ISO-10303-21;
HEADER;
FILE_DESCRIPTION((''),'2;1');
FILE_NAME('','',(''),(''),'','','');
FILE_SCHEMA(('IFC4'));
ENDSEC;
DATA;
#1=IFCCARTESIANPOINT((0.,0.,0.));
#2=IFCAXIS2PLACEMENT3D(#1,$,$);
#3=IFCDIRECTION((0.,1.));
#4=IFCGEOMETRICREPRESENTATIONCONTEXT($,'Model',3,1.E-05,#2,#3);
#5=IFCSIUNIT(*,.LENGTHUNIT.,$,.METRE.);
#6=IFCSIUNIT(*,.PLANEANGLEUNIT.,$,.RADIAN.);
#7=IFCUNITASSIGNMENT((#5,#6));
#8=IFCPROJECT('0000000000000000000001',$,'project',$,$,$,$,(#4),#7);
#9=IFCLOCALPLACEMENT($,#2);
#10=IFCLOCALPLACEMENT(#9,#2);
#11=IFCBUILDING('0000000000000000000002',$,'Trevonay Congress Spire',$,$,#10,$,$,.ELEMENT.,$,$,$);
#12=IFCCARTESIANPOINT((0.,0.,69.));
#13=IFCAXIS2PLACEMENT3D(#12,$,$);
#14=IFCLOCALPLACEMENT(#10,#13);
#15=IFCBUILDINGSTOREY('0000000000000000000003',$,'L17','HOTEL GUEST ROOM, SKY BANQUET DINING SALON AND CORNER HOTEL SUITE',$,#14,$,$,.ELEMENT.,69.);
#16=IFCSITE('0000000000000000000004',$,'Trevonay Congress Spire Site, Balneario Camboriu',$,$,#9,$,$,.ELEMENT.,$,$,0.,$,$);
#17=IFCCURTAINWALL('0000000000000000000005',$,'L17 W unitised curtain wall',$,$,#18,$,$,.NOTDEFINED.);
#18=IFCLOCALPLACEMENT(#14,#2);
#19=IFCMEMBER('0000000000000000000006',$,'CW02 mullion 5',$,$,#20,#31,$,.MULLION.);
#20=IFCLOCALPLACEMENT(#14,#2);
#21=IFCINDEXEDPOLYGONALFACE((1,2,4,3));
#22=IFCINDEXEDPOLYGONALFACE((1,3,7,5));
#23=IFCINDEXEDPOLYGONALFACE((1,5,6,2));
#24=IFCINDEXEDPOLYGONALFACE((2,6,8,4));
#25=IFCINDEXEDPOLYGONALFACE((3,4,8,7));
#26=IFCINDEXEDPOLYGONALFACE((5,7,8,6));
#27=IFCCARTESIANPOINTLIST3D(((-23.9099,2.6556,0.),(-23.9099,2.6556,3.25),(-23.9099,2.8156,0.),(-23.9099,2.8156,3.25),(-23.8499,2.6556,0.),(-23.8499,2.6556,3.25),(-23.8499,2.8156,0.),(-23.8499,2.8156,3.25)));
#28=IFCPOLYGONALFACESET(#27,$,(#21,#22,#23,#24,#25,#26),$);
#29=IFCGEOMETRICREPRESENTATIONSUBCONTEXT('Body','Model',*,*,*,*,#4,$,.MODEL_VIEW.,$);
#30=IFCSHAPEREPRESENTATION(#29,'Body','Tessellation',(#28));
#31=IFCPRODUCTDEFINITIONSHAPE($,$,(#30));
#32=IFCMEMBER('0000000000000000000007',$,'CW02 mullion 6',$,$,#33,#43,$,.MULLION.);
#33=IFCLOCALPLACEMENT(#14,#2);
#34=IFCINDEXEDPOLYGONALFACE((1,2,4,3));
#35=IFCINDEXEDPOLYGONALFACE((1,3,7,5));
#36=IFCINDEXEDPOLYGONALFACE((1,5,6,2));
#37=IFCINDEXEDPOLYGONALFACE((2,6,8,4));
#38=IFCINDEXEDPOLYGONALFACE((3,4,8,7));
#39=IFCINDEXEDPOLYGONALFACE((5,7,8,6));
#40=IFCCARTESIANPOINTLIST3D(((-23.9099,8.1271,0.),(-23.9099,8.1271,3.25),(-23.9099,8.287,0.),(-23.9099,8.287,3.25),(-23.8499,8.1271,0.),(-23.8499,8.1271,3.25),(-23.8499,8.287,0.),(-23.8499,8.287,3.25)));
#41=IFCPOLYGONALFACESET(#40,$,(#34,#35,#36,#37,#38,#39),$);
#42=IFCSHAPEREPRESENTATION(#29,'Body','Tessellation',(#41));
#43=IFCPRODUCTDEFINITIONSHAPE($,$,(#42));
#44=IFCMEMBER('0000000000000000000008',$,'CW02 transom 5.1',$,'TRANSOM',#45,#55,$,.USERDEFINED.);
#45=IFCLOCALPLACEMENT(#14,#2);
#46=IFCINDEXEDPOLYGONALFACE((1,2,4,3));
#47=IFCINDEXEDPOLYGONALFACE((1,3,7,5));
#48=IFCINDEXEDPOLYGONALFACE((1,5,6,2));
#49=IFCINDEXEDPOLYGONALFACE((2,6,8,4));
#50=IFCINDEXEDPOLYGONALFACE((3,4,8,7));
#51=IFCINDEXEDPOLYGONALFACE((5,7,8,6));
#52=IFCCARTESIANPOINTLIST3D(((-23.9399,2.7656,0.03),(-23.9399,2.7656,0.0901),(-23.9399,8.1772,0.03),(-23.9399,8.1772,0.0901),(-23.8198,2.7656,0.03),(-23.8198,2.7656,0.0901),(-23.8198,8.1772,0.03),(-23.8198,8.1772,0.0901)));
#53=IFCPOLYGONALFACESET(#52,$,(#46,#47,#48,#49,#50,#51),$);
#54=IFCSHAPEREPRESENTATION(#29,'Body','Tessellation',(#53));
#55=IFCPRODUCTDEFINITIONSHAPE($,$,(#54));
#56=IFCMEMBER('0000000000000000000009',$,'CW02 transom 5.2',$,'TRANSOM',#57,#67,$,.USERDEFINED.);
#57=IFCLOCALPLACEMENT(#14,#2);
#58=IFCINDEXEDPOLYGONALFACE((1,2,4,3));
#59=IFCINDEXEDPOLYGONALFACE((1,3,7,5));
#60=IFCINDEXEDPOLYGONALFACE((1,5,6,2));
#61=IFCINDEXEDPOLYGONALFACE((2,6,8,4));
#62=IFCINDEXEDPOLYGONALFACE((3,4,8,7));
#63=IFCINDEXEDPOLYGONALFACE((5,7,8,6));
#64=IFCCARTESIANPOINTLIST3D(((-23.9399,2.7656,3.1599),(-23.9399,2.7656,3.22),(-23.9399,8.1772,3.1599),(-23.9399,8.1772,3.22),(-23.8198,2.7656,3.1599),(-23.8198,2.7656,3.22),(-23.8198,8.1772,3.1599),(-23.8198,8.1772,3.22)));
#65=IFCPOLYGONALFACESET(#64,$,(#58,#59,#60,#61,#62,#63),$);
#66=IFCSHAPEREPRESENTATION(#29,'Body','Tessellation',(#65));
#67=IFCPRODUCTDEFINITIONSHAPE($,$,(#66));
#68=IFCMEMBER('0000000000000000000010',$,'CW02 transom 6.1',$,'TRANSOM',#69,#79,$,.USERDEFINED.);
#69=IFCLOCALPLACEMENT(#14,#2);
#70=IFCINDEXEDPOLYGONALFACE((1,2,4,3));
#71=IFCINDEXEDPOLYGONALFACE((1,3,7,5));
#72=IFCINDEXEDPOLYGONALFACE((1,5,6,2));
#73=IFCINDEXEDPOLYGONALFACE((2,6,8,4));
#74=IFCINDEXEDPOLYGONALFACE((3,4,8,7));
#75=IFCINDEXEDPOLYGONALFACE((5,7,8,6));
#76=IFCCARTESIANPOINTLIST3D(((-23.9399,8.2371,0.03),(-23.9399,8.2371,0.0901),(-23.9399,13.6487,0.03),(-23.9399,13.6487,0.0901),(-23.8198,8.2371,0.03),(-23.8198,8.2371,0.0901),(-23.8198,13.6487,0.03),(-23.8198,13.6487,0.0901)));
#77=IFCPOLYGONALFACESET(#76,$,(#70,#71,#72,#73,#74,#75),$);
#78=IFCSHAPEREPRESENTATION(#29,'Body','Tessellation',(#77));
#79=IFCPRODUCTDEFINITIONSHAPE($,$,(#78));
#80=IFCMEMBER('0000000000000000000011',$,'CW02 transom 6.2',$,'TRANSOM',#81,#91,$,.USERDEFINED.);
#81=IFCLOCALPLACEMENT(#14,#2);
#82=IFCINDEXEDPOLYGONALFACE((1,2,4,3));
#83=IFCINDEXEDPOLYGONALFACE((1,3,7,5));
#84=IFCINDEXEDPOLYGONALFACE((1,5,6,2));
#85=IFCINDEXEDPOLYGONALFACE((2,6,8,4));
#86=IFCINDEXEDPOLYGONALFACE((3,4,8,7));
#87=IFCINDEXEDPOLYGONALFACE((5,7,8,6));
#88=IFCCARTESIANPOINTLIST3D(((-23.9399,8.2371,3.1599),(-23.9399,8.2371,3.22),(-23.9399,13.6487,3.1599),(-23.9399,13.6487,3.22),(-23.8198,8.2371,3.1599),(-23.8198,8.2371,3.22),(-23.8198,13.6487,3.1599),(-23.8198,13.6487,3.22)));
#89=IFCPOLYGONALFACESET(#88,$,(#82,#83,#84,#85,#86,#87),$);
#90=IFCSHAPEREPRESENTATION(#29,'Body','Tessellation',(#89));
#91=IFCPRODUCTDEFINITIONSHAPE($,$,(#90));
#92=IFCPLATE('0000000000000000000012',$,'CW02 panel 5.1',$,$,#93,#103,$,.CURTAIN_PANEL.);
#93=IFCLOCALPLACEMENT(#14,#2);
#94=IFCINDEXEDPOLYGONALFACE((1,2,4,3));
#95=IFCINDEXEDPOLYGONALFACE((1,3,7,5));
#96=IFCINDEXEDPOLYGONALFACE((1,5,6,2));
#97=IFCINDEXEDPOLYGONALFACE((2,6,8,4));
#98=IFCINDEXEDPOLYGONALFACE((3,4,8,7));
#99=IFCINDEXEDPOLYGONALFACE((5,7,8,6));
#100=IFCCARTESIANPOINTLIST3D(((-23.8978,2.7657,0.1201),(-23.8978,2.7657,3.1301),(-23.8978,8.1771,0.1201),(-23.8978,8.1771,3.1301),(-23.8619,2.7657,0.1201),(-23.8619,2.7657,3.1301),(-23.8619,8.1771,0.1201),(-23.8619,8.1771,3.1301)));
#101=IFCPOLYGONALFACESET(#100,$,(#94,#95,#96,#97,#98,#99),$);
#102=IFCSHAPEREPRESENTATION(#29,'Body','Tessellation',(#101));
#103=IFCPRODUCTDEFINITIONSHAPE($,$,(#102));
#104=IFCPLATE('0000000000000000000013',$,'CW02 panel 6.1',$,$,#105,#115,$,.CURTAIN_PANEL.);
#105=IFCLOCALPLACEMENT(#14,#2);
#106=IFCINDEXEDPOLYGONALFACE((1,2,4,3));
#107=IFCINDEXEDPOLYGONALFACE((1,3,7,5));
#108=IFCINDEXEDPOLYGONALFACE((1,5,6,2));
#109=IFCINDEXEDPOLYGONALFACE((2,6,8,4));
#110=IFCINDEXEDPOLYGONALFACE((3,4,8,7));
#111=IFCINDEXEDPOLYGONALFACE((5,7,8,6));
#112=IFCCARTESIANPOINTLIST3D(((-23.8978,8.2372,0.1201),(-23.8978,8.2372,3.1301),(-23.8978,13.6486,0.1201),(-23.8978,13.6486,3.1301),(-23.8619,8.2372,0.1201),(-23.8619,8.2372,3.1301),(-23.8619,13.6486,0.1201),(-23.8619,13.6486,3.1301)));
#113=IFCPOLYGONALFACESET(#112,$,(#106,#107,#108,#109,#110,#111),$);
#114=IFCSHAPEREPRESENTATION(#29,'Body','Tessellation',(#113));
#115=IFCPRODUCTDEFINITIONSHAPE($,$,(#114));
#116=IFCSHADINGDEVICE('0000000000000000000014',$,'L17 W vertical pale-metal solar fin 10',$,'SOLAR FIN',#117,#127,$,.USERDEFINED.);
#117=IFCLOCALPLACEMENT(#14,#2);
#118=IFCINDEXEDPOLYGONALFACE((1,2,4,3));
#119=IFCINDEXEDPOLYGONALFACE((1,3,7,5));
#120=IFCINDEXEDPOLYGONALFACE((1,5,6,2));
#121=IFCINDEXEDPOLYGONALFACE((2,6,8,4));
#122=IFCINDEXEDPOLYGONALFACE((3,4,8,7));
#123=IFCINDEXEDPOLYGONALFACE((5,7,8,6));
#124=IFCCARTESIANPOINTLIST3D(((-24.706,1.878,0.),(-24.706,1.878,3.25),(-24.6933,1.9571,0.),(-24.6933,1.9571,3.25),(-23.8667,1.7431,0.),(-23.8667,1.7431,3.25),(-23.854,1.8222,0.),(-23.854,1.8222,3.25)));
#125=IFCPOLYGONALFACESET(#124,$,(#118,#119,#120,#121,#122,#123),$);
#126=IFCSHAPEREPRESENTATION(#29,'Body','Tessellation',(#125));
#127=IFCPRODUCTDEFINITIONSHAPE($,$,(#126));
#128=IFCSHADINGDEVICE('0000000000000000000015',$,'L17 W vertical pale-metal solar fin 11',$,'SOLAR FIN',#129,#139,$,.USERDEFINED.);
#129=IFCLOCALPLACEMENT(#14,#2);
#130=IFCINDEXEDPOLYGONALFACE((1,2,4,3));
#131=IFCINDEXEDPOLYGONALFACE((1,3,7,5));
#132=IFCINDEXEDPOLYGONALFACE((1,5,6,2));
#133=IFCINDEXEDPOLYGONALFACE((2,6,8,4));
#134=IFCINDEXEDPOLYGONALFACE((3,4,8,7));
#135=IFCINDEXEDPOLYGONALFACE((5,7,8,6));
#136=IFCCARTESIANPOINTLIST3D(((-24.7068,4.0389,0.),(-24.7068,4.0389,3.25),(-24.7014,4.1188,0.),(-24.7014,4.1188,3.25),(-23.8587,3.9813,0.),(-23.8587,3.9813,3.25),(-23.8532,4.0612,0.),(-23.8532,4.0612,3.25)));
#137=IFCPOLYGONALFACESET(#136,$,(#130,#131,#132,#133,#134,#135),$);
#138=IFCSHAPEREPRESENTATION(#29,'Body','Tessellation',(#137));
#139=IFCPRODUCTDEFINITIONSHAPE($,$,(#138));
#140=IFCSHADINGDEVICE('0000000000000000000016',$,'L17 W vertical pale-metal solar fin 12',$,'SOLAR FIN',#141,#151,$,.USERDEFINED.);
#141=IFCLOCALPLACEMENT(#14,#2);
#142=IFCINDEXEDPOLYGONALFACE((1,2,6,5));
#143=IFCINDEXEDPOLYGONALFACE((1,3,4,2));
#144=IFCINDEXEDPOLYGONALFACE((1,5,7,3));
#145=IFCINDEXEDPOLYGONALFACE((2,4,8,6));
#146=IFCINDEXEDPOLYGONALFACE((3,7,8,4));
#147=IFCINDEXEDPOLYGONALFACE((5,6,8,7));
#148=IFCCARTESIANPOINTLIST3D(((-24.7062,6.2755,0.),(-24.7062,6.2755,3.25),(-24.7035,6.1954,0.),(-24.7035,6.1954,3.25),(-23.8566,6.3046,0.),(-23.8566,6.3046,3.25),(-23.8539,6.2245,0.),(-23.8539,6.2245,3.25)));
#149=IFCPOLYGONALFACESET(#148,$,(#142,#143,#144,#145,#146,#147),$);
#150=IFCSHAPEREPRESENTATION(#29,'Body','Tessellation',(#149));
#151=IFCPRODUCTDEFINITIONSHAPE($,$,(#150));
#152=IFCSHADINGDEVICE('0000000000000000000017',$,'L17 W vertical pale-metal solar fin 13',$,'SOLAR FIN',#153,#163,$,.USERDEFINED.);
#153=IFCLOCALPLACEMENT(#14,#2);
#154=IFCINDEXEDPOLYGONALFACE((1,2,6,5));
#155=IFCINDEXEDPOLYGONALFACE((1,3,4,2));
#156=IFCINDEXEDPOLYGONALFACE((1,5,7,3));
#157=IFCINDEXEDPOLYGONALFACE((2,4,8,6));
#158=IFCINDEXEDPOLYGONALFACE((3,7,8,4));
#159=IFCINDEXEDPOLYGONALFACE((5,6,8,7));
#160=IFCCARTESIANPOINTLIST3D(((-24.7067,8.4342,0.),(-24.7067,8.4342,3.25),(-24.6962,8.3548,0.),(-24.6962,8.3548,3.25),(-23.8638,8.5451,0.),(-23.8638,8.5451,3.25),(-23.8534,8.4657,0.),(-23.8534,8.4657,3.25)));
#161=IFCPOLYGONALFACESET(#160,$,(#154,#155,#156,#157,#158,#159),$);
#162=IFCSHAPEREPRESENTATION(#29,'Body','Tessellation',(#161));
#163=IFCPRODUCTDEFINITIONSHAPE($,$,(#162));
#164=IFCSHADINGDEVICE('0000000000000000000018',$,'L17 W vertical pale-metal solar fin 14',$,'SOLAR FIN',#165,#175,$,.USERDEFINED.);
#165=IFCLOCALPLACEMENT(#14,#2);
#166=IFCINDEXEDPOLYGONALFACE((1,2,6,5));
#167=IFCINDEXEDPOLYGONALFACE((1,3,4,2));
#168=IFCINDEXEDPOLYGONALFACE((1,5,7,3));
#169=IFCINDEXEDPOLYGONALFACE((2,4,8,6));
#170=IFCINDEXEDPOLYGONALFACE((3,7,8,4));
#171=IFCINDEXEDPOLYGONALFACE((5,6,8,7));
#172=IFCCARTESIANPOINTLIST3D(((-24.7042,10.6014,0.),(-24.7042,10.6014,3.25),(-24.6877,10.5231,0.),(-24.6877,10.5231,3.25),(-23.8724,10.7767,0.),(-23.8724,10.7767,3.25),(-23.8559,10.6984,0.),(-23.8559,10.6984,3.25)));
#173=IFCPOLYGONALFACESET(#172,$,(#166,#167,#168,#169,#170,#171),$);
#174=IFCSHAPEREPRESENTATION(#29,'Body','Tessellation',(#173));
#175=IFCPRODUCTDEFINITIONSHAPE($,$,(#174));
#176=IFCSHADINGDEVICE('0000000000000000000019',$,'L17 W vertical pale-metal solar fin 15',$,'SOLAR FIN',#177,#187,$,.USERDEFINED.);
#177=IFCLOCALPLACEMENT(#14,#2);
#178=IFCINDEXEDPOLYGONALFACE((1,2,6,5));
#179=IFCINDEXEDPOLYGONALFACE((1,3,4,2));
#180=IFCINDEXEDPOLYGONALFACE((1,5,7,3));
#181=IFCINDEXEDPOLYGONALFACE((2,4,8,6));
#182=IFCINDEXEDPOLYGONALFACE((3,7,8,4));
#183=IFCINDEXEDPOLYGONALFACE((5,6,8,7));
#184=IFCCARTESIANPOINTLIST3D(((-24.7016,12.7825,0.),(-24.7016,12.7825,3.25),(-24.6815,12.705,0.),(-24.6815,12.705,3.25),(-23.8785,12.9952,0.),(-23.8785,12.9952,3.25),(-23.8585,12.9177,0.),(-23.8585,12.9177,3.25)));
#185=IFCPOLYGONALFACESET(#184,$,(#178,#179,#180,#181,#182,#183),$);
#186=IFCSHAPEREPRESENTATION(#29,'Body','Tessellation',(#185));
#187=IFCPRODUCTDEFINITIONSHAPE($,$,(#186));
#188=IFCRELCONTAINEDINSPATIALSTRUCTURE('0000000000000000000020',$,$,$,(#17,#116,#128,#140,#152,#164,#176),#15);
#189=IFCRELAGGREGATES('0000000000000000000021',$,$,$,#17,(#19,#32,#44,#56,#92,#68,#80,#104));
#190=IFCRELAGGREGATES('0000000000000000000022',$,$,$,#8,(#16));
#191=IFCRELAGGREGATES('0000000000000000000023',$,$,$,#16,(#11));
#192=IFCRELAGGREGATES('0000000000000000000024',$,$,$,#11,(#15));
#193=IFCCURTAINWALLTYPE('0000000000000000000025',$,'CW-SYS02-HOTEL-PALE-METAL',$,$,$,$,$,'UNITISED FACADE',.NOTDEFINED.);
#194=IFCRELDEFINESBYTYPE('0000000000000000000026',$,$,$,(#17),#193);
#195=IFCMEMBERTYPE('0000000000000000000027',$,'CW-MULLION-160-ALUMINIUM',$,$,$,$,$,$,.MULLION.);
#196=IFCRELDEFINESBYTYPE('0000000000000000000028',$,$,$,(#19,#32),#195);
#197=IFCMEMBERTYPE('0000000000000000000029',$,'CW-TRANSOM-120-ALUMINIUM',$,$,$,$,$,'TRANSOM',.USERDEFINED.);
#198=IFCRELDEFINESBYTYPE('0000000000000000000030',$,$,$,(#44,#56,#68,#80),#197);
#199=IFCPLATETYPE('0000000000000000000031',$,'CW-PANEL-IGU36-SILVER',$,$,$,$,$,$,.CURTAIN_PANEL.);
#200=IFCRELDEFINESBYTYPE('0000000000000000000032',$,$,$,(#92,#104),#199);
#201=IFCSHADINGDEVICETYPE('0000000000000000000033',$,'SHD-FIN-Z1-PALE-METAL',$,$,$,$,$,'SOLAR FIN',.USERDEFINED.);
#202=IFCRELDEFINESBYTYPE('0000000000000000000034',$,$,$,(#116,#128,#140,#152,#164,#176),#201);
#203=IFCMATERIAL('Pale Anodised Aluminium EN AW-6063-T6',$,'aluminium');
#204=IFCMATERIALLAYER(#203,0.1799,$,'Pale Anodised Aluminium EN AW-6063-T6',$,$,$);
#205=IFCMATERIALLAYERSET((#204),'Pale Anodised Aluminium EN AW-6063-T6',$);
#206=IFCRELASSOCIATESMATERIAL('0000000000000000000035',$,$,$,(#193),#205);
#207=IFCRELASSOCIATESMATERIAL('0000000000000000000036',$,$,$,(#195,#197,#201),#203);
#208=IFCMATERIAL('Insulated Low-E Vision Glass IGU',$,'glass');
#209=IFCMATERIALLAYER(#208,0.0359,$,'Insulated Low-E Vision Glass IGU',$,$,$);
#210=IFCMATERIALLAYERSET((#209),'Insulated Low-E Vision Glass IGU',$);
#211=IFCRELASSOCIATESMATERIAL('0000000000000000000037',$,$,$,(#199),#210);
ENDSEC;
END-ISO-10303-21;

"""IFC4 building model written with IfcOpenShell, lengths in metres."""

from ifc_helpers import new_model, si_unit, direction, frame, origin, origin_2d, place, context, subcontext, project, spatial, rectangle, extrude, material, layer, layer_set, material_profile, profile_set, type_object, element, aggregate, save


model = new_model("IFC4")

# Units and contexts
model_context = context("Model", 3, precision=1e-05, world=origin(), true_north=direction((0.0, 1.0)))
body_context = subcontext(model_context, "Body", "Model", "MODEL_VIEW")
ifc_project = project(units=[si_unit("LENGTHUNIT", "METRE"), si_unit("PLANEANGLEUNIT", "RADIAN")], contexts=[model_context])

# Site, building, storey
site_placement = place(None, origin())
site = spatial("IfcSite", under=ifc_project, at=site_placement, Name="Trevonay Congress Spire Site, Balneario Camboriu", CompositionType="ELEMENT", RefElevation=0.0)
building_placement = place(site_placement, origin())
building = spatial("IfcBuilding", under=site, at=building_placement, Name="Trevonay Congress Spire", CompositionType="ELEMENT")
storey_placement = place(building_placement, frame((0.0, 0.0, 69.0)))
storey = spatial("IfcBuildingStorey", under=building, at=storey_placement, Name="L17", Description="HOTEL GUEST ROOM, SKY BANQUET DINING SALON AND CORNER HOTEL SUITE", CompositionType="ELEMENT", Elevation=69.0)

# Curtain wall, members, plates
ifc_material_1 = material(Name="Pale Anodised Aluminium EN AW-6063-T6", Category="aluminium")
ifc_layer_1 = layer(ifc_material_1, 0.1799, Name="Pale Anodised Aluminium EN AW-6063-T6")
ifc_layer_set_1 = layer_set([ifc_layer_1], Name="Pale Anodised Aluminium EN AW-6063-T6")
curtain_wall_type = type_object("IfcCurtainWallType", Name="CW-SYS02-HOTEL-PALE-METAL", ElementType="UNITISED FACADE", PredefinedType="NOTDEFINED", material=ifc_layer_set_1)
curtain_wall_placement = place(storey_placement, origin())
curtain_wall = element("IfcCurtainWall", 1, at=curtain_wall_placement, inside=storey, type_object=curtain_wall_type, Name="L17 W unitised curtain wall", PredefinedType="NOTDEFINED")
ifc_material_profile_1 = material_profile(ifc_material_1, rectangle(XDim=0.0601, YDim=0.1599, at=origin_2d()), Name="CW-MULLION-160-ALUMINIUM")
ifc_profile_set_1 = profile_set([ifc_material_profile_1], Name="Pale Anodised Aluminium EN AW-6063-T6")
member_type_1 = type_object("IfcMemberType", Name="CW-MULLION-160-ALUMINIUM", PredefinedType="MULLION", material=ifc_profile_set_1)
member_1_placement = place(storey_placement, frame((-23.8799, 2.7356, 0.0), z_axis=(0.0, 0.0, 1.0), x_axis=(-1.0, 0.0, 0.0)))
member_1 = element("IfcMember", 2, at=member_1_placement, type_object=member_type_1, Name="CW02 mullion 5", PredefinedType="MULLION", context=body_context, shape_type="SweptSolid", body=[
    extrude(rectangle(XDim=0.0601, YDim=0.1599, at=origin_2d()), origin(), (0.0, 0.0, 1.0), 3.25),
])
member_2_placement = place(storey_placement, frame((-23.8799, 8.207, 0.0), z_axis=(0.0, 0.0, 1.0), x_axis=(-1.0, 0.0, 0.0)))
member_2 = element("IfcMember", 3, at=member_2_placement, type_object=member_type_1, Name="CW02 mullion 6", PredefinedType="MULLION", context=body_context, shape_type="SweptSolid", body=[
    extrude(rectangle(XDim=0.0601, YDim=0.1599, at=origin_2d()), origin(), (0.0, 0.0, 1.0), 3.25),
])
ifc_material_profile_2 = material_profile(ifc_material_1, rectangle(XDim=0.1201, YDim=0.0601, at=origin_2d()), Name="CW-TRANSOM-120-ALUMINIUM")
ifc_profile_set_2 = profile_set([ifc_material_profile_2], Name="Pale Anodised Aluminium EN AW-6063-T6")
member_type_2 = type_object("IfcMemberType", Name="CW-TRANSOM-120-ALUMINIUM", ElementType="TRANSOM", PredefinedType="USERDEFINED", material=ifc_profile_set_2)
member_3_placement = place(storey_placement, frame((-23.8799, 2.7656, 0.0601), z_axis=(0.0, 1.0, 0.0), x_axis=(-1.0, 0.0, 0.0)))
member_3 = element("IfcMember", 4, at=member_3_placement, type_object=member_type_2, Name="CW02 transom 5.1", ObjectType="TRANSOM", PredefinedType="USERDEFINED", context=body_context, shape_type="SweptSolid", body=[
    extrude(rectangle(XDim=0.1201, YDim=0.0601, at=origin_2d()), origin(), (0.0, 0.0, 1.0), 5.4116),
])
member_4_placement = place(storey_placement, frame((-23.8799, 2.7656, 3.1899), z_axis=(0.0, 1.0, 0.0), x_axis=(-1.0, 0.0, 0.0)))
member_4 = element("IfcMember", 5, at=member_4_placement, type_object=member_type_2, Name="CW02 transom 5.2", ObjectType="TRANSOM", PredefinedType="USERDEFINED", context=body_context, shape_type="SweptSolid", body=[
    extrude(rectangle(XDim=0.1201, YDim=0.0601, at=origin_2d()), origin(), (0.0, 0.0, 1.0), 5.4116),
])
member_5_placement = place(storey_placement, frame((-23.8799, 8.2371, 0.0601), z_axis=(0.0, 1.0, 0.0), x_axis=(-1.0, 0.0, 0.0)))
member_5 = element("IfcMember", 6, at=member_5_placement, type_object=member_type_2, Name="CW02 transom 6.1", ObjectType="TRANSOM", PredefinedType="USERDEFINED", context=body_context, shape_type="SweptSolid", body=[
    extrude(rectangle(XDim=0.1201, YDim=0.0601, at=origin_2d()), origin(), (0.0, 0.0, 1.0), 5.4116),
])
member_6_placement = place(storey_placement, frame((-23.8799, 8.2371, 3.1899), z_axis=(0.0, 1.0, 0.0), x_axis=(-1.0, 0.0, 0.0)))
member_6 = element("IfcMember", 7, at=member_6_placement, type_object=member_type_2, Name="CW02 transom 6.2", ObjectType="TRANSOM", PredefinedType="USERDEFINED", context=body_context, shape_type="SweptSolid", body=[
    extrude(rectangle(XDim=0.1201, YDim=0.0601, at=origin_2d()), origin(), (0.0, 0.0, 1.0), 5.4116),
])
ifc_material_2 = material(Name="Insulated Low-E Vision Glass IGU", Category="glass")
ifc_layer_2 = layer(ifc_material_2, 0.0359, Name="Insulated Low-E Vision Glass IGU")
ifc_layer_set_2 = layer_set([ifc_layer_2], Name="Insulated Low-E Vision Glass IGU")
plate_type = type_object("IfcPlateType", Name="CW-PANEL-IGU36-SILVER", PredefinedType="CURTAIN_PANEL", material=ifc_layer_set_2)
plate_1_placement = place(storey_placement, frame((-23.8799, 5.4714, 0.1201), z_axis=(0.0, 0.0, 1.0), x_axis=(0.0, 1.0, 0.0)))
plate_1 = element("IfcPlate", 8, at=plate_1_placement, type_object=plate_type, Name="CW02 panel 5.1", PredefinedType="CURTAIN_PANEL", context=body_context, shape_type="SweptSolid", body=[
    extrude(rectangle(XDim=5.4114, YDim=0.0359, at=origin_2d()), origin(), (0.0, 0.0, 1.0), 3.01),
])
plate_2_placement = place(storey_placement, frame((-23.8799, 10.9429, 0.1201), z_axis=(0.0, 0.0, 1.0), x_axis=(0.0, 1.0, 0.0)))
plate_2 = element("IfcPlate", 9, at=plate_2_placement, type_object=plate_type, Name="CW02 panel 6.1", PredefinedType="CURTAIN_PANEL", context=body_context, shape_type="SweptSolid", body=[
    extrude(rectangle(XDim=5.4114, YDim=0.0359, at=origin_2d()), origin(), (0.0, 0.0, 1.0), 3.01),
])
aggregate(curtain_wall, [member_1, member_2, member_3, member_4, plate_1, member_5, member_6, plate_2])

# Shading devices
shading_device_type = type_object("IfcShadingDeviceType", Name="SHD-FIN-Z1-PALE-METAL", ElementType="SOLAR FIN", PredefinedType="USERDEFINED", material=ifc_material_1)
for number, where, z_axis, x_axis, name in (
    (10, (-24.28, 1.8501, 0.0), (0.0, 0.0, 1.0), (0.158675, 0.987331, 0.0), "L17 W vertical pale-metal solar fin 10"),
    (11, (-24.28, 4.05, 0.0), (0.0, 0.0, 1.0), (0.067667, 0.997708, 0.0), "L17 W vertical pale-metal solar fin 11"),
    (12, (-24.28, 6.25, 0.0), (0.0, 0.0, 1.0), (-0.034202, 0.999415, 0.0), "L17 W vertical pale-metal solar fin 12"),
    (13, (-24.28, 8.45, 0.0), (0.0, 0.0, 1.0), (-0.130526, 0.991445, 0.0), "L17 W vertical pale-metal solar fin 13"),
    (14, (-24.28, 10.6499, 0.0), (0.0, 0.0, 1.0), (-0.206204, 0.978509, 0.0), "L17 W vertical pale-metal solar fin 14"),
    (15, (-24.28, 12.8501, 0.0), (0.0, 0.0, 1.0), (-0.250211, 0.968191, 0.0), "L17 W vertical pale-metal solar fin 15"),
):
    element("IfcShadingDevice", number, at=place(storey_placement, frame(where, z_axis=z_axis, x_axis=x_axis)), inside=storey, type_object=shading_device_type, Name=name, ObjectType="SOLAR FIN", PredefinedType="USERDEFINED", context=body_context, shape_type="SweptSolid", body=[
        extrude(rectangle(XDim=0.0801, YDim=0.8501, at=origin_2d()), origin(), (0.0, 0.0, 1.0), 3.25),
    ])

save(model, "model.ifc")
